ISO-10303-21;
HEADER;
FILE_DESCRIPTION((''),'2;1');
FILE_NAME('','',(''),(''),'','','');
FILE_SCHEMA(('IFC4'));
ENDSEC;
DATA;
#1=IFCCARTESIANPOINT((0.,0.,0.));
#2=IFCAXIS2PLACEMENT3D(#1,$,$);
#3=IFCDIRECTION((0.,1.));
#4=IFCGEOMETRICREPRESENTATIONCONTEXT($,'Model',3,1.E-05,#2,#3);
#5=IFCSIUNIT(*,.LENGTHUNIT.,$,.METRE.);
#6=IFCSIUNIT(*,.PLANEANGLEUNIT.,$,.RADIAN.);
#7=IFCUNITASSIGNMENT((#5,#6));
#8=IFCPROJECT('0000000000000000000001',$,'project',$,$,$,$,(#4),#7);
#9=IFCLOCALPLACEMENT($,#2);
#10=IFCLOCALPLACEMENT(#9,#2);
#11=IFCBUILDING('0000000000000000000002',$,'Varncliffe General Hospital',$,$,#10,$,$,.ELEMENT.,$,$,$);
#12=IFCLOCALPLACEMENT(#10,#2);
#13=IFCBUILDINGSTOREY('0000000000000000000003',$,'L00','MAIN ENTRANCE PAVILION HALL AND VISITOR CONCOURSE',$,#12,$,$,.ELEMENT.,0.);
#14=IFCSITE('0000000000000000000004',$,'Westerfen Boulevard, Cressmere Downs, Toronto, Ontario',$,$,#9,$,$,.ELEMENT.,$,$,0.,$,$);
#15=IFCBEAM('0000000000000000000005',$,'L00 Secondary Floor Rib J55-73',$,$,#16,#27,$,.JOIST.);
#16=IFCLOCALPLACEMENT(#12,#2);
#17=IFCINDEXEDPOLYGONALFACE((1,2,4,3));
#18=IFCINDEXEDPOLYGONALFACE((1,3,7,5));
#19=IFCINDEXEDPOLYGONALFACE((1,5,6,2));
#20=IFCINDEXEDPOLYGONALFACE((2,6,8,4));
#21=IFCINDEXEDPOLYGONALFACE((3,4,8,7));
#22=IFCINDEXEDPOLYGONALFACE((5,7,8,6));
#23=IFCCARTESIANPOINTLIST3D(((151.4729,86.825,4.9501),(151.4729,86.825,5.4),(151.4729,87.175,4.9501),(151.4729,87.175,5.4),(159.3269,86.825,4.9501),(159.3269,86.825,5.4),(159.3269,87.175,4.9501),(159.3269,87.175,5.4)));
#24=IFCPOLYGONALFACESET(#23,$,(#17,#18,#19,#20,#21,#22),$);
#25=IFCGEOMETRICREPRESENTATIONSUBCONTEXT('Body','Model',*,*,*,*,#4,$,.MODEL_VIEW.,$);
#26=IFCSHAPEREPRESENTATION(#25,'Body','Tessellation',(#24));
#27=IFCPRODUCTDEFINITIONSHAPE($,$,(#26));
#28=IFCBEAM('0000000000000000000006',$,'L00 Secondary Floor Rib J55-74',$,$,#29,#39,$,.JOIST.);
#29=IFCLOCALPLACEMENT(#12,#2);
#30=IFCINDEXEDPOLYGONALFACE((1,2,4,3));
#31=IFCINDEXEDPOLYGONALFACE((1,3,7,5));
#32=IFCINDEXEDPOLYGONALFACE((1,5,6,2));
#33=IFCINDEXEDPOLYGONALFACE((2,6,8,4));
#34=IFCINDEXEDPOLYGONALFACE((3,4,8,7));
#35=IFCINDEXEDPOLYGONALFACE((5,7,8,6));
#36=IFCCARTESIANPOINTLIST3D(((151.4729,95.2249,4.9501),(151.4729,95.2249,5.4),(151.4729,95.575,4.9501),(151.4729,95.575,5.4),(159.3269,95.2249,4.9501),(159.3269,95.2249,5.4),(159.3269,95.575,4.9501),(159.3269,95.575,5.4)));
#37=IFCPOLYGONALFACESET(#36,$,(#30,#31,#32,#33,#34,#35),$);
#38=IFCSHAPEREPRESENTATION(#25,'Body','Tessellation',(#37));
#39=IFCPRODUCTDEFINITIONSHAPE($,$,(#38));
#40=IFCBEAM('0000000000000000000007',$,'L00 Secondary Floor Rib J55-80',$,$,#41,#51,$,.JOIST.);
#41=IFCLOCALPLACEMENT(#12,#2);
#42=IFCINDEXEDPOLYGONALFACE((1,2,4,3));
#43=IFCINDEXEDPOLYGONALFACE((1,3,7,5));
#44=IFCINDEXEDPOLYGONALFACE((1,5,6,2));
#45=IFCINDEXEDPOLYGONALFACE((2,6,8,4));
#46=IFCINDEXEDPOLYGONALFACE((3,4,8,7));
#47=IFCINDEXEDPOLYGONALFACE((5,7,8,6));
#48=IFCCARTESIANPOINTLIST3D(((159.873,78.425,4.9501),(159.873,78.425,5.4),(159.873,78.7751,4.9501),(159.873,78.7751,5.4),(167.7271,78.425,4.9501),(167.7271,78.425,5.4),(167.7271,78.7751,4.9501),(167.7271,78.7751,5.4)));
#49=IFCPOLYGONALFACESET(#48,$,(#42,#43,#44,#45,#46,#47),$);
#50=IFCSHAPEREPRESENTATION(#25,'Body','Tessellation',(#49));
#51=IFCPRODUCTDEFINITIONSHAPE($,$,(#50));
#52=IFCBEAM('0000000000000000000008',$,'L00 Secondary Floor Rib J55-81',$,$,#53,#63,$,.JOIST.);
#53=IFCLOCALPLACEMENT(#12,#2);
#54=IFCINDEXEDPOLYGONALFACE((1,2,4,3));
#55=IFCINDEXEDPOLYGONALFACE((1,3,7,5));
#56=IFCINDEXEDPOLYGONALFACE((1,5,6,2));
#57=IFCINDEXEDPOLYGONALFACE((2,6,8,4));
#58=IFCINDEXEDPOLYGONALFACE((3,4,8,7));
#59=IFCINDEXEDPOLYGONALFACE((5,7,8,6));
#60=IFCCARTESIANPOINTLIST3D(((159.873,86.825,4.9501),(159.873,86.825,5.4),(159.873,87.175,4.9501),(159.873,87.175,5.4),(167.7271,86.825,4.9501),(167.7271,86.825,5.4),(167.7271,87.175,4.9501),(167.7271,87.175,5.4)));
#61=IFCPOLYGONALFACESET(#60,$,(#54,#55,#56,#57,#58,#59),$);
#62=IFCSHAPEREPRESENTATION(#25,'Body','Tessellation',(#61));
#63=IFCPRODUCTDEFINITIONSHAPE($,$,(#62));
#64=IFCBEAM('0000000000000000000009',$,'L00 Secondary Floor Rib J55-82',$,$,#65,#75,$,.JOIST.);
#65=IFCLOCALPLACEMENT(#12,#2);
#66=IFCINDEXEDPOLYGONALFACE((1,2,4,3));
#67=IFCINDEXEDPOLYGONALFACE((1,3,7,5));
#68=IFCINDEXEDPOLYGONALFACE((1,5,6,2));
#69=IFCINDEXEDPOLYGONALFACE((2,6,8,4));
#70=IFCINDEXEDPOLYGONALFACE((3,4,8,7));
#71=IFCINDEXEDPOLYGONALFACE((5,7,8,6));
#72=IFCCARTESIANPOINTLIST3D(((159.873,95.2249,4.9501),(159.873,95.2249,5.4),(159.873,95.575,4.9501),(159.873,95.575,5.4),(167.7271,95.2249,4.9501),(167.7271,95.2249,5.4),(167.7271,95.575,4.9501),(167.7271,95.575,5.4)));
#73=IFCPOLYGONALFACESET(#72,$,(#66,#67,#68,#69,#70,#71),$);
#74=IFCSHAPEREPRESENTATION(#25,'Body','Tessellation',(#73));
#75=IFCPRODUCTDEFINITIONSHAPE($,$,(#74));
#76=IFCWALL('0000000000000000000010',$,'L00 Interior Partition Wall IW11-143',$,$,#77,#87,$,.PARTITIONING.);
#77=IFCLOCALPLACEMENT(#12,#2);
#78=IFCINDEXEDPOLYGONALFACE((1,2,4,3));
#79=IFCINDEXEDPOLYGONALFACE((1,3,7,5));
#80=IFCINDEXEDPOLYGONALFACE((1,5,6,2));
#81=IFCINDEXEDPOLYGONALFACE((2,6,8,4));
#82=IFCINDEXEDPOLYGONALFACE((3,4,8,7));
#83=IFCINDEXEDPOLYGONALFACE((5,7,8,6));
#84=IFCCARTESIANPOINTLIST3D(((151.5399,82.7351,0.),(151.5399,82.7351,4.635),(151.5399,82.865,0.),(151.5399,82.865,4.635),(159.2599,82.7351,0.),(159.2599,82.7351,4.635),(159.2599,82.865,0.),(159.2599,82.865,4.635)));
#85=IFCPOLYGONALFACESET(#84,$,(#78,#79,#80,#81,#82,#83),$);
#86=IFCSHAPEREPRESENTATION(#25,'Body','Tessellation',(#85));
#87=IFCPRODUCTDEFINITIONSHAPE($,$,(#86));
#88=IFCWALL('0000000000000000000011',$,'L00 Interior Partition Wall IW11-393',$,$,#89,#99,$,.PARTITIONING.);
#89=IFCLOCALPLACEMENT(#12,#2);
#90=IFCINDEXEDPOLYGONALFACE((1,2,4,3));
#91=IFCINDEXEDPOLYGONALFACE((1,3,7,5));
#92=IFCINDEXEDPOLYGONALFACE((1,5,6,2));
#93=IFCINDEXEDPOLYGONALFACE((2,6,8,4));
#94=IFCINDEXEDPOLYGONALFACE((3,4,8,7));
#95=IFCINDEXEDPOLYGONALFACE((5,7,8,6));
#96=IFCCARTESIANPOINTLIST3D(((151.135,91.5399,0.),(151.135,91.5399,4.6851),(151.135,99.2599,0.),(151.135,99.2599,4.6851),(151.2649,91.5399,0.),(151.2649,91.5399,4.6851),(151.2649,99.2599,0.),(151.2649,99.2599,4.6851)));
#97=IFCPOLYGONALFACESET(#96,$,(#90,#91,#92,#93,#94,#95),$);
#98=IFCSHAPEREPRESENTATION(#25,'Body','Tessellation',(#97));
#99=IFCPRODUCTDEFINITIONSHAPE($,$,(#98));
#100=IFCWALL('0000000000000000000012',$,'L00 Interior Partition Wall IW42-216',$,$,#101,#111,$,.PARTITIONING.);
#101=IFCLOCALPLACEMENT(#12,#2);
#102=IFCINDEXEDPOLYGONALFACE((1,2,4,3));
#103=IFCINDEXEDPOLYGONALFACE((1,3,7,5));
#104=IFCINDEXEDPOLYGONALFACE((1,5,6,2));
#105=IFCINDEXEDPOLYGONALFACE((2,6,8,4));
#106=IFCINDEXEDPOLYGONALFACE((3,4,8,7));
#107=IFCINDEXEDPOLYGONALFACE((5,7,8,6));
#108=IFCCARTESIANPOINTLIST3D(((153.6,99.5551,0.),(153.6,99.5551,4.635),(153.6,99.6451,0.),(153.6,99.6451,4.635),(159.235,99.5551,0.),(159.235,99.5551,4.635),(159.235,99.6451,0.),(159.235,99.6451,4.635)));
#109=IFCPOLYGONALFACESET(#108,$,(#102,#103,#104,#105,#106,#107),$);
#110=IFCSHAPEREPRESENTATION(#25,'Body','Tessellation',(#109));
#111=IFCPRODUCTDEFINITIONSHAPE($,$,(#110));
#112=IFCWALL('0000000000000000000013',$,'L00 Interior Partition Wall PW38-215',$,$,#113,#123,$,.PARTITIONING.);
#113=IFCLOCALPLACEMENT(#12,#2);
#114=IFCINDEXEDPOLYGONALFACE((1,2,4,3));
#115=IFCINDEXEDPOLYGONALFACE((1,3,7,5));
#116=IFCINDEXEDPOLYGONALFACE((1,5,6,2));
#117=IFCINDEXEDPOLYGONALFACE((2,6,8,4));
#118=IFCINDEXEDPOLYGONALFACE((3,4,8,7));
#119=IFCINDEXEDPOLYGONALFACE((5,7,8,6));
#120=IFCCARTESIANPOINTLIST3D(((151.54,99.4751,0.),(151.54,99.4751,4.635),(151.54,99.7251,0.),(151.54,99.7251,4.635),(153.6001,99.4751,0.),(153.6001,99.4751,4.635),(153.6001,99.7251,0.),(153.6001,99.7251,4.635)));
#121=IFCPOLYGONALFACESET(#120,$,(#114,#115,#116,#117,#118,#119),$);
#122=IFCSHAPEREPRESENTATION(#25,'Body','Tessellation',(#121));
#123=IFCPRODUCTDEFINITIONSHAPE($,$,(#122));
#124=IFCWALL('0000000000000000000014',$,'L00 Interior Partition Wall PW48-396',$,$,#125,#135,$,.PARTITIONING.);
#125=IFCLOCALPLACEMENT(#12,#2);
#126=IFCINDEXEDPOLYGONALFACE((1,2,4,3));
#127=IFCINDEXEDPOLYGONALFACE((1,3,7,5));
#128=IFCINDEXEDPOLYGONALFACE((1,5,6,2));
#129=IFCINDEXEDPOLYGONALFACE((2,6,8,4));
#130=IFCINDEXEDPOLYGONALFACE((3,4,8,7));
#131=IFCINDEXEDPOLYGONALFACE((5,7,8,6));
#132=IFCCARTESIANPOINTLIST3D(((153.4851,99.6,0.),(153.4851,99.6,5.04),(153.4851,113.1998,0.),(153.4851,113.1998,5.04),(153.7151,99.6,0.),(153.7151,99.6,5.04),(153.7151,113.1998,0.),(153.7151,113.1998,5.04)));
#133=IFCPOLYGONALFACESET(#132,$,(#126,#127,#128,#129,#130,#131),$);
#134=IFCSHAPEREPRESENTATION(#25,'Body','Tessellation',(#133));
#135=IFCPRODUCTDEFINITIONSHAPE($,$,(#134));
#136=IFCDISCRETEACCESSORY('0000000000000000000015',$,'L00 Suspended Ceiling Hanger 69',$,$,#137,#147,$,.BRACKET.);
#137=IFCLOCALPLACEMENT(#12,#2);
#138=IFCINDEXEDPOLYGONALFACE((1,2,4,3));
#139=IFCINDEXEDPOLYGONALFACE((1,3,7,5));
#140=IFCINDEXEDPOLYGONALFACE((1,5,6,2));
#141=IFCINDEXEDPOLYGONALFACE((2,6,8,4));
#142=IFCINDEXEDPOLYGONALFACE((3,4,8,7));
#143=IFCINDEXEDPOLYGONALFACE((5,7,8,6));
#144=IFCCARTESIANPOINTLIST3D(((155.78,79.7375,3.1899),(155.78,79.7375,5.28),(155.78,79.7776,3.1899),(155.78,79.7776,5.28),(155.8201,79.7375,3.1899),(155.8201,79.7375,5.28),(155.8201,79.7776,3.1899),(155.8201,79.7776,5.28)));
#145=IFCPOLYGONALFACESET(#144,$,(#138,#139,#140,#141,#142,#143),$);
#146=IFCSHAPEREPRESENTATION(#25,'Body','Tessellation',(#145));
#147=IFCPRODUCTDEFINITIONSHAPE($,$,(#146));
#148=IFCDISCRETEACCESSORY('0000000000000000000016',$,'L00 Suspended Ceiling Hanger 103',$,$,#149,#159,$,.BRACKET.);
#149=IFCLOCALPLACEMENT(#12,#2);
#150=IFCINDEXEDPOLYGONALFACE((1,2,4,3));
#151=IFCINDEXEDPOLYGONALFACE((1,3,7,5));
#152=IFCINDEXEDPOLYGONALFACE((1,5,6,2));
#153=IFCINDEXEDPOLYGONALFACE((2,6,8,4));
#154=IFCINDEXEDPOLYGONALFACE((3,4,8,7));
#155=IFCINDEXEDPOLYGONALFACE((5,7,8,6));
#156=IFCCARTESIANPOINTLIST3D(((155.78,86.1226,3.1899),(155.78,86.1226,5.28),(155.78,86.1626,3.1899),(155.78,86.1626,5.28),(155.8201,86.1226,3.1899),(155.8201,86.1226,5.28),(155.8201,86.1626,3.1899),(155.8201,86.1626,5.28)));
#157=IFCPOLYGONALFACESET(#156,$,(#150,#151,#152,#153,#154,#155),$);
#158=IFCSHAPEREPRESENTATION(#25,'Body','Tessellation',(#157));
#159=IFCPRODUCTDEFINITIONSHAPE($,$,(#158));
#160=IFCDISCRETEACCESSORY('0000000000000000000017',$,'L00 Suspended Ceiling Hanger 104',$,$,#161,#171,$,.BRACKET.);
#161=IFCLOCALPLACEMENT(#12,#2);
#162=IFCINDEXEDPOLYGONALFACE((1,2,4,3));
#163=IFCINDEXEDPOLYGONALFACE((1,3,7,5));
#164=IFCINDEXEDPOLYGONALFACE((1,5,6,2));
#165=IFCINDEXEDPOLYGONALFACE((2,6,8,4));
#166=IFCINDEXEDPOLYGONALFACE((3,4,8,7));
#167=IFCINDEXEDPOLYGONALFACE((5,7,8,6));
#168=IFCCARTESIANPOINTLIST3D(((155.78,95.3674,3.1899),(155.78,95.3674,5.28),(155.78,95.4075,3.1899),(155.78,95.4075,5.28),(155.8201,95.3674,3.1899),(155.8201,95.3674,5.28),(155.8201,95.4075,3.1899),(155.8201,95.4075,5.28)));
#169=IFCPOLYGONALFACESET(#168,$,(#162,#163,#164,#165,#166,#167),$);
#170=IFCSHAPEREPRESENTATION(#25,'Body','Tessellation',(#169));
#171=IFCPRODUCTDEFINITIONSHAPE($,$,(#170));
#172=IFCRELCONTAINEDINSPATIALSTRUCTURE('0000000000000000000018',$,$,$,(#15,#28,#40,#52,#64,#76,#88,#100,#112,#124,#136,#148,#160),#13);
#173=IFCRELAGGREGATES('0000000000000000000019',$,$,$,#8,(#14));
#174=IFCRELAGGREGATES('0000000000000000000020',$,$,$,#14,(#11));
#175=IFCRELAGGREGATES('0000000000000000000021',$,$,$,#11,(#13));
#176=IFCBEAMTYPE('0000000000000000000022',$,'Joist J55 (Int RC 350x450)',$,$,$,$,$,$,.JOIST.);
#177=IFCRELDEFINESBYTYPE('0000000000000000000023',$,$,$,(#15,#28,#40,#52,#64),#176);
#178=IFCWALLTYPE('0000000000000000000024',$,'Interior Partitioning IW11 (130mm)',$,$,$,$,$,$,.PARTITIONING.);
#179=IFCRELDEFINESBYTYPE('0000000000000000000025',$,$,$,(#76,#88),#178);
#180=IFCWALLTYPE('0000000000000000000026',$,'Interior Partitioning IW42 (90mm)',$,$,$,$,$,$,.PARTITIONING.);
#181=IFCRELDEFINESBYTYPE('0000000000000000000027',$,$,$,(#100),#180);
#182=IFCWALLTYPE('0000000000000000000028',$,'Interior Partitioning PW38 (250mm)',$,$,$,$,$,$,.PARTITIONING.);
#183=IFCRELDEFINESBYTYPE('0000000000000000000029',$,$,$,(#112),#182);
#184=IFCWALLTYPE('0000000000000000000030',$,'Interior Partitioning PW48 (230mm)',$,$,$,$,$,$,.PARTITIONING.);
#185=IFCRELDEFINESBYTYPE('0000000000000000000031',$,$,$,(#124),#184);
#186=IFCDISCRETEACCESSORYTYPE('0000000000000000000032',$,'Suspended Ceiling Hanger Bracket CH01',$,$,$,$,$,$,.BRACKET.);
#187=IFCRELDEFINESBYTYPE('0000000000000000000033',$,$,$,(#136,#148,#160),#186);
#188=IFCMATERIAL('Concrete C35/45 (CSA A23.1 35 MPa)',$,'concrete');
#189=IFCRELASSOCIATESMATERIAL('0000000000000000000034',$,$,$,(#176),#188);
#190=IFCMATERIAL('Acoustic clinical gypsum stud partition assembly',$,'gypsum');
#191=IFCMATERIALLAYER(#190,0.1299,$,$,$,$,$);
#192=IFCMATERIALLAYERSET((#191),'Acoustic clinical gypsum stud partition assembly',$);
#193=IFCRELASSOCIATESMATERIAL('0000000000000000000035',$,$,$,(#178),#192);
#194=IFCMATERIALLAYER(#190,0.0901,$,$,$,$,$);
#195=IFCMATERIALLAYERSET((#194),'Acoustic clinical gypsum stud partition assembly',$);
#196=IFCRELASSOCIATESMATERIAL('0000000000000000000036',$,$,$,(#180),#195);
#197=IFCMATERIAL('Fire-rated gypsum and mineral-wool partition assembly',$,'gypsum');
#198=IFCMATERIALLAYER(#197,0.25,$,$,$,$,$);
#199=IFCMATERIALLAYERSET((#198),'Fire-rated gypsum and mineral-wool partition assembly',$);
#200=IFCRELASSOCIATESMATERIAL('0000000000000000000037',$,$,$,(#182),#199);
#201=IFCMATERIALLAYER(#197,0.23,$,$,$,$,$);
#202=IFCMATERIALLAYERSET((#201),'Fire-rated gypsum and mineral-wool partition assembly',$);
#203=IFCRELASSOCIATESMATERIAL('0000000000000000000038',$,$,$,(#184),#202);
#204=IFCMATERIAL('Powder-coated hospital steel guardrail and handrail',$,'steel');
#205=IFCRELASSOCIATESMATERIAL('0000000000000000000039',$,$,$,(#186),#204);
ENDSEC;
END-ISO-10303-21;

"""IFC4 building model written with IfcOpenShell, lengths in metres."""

from ifc_helpers import new_model, si_unit, direction, frame, frame_2d, origin, origin_2d, place, context, subcontext, project, spatial, rectangle, extrude, material, layer, layer_set, material_profile, profile_set, type_object, element, save


model = new_model("IFC4")

# Units and contexts
model_context = context("Model", 3, precision=1e-05, world=origin(), true_north=direction((0.0, 1.0)))
body_context = subcontext(model_context, "Body", "Model", "MODEL_VIEW")
ifc_project = project(units=[si_unit("LENGTHUNIT", "METRE"), si_unit("PLANEANGLEUNIT", "RADIAN")], contexts=[model_context])

# Site, building, storey
site_placement = place(None, origin())
site = spatial("IfcSite", under=ifc_project, at=site_placement, Name="Westerfen Boulevard, Cressmere Downs, Toronto, Ontario", CompositionType="ELEMENT", RefElevation=0.0)
building_placement = place(site_placement, origin())
building = spatial("IfcBuilding", under=site, at=building_placement, Name="Varncliffe General Hospital", CompositionType="ELEMENT")
storey_placement = place(building_placement, origin())
storey = spatial("IfcBuildingStorey", under=building, at=storey_placement, Name="L00", Description="MAIN ENTRANCE PAVILION HALL AND VISITOR CONCOURSE", CompositionType="ELEMENT", Elevation=0.0)

# Beams
ifc_material_1 = material(Name="Concrete C35/45 (CSA A23.1 35 MPa)", Category="concrete")
ifc_material_profile_1 = material_profile(ifc_material_1, rectangle(XDim=0.3501, YDim=0.45, at=origin_2d()), Name="RC 350x450")
ifc_profile_set_1 = profile_set([ifc_material_profile_1], Name="Concrete C35/45 (CSA A23.1 35 MPa)")
beam_type_1 = type_object("IfcBeamType", Name="Joist J55 (Int RC 350x450)", PredefinedType="JOIST", material=ifc_profile_set_1)
for number, where, z_axis, x_axis, name in (
    (1, (151.4729, 87.0, 5.175), (1.0, 0.0, 0.0), (0.0, 1.0, 0.0), "L00 Secondary Floor Rib J55-73"),
    (2, (151.4729, 95.3999, 5.175), (1.0, 0.0, 0.0), (0.0, 1.0, 0.0), "L00 Secondary Floor Rib J55-74"),
    (3, (159.873, 78.6001, 5.175), (1.0, 0.0, 0.0), (0.0, 1.0, 0.0), "L00 Secondary Floor Rib J55-80"),
    (4, (159.873, 87.0, 5.175), (1.0, 0.0, 0.0), (0.0, 1.0, 0.0), "L00 Secondary Floor Rib J55-81"),
    (5, (159.873, 95.3999, 5.175), (1.0, 0.0, 0.0), (0.0, 1.0, 0.0), "L00 Secondary Floor Rib J55-82"),
):
    element("IfcBeam", number, at=place(storey_placement, frame(where, z_axis=z_axis, x_axis=x_axis)), inside=storey, type_object=beam_type_1, Name=name, PredefinedType="JOIST", context=body_context, shape_type="SweptSolid", body=[
        extrude(rectangle(XDim=0.3501, YDim=0.45, at=origin_2d()), origin(), (0.0, 0.0, 1.0), 7.854),
    ])

# Walls
ifc_material_2 = material(Name="Acoustic clinical gypsum stud partition assembly", Category="gypsum")
ifc_layer_1 = layer(ifc_material_2, 0.1299)
ifc_layer_set_1 = layer_set([ifc_layer_1], Name="Acoustic clinical gypsum stud partition assembly")
wall_type_1 = type_object("IfcWallType", Name="Interior Partitioning IW11 (130mm)", PredefinedType="PARTITIONING", material=ifc_layer_set_1)
wall_1_placement = place(storey_placement, frame((151.54, 82.8, 0.0), z_axis=(0.0, 0.0, 1.0), x_axis=(1.0, 0.0, 0.0)))
element("IfcWall", 6, at=wall_1_placement, inside=storey, type_object=wall_type_1, Name="L00 Interior Partition Wall IW11-143", PredefinedType="PARTITIONING", context=body_context, shape_type="SweptSolid", body=[
    extrude(rectangle(XDim=7.72, YDim=0.1299, at=frame_2d((3.8599, 0.0))), origin(), (0.0, 0.0, 1.0), 4.635),
])
wall_2_placement = place(storey_placement, frame((151.2, 91.54, 0.0), z_axis=(0.0, 0.0, 1.0), x_axis=(0.0, 1.0, 0.0)))
element("IfcWall", 7, at=wall_2_placement, inside=storey, type_object=wall_type_1, Name="L00 Interior Partition Wall IW11-393", PredefinedType="PARTITIONING", context=body_context, shape_type="SweptSolid", body=[
    extrude(rectangle(XDim=7.72, YDim=0.1299, at=frame_2d((3.8599, 0.0))), origin(), (0.0, 0.0, 1.0), 4.6851),
])
ifc_layer_2 = layer(ifc_material_2, 0.0901)
ifc_layer_set_2 = layer_set([ifc_layer_2], Name="Acoustic clinical gypsum stud partition assembly")
wall_type_2 = type_object("IfcWallType", Name="Interior Partitioning IW42 (90mm)", PredefinedType="PARTITIONING", material=ifc_layer_set_2)
wall_3_placement = place(storey_placement, frame((153.6001, 99.6001, 0.0), z_axis=(0.0, 0.0, 1.0), x_axis=(1.0, 0.0, 0.0)))
element("IfcWall", 8, at=wall_3_placement, inside=storey, type_object=wall_type_2, Name="L00 Interior Partition Wall IW42-216", PredefinedType="PARTITIONING", context=body_context, shape_type="SweptSolid", body=[
    extrude(rectangle(XDim=5.635, YDim=0.0901, at=frame_2d((2.8174, 0.0))), origin(), (0.0, 0.0, 1.0), 4.635),
])
ifc_material_3 = material(Name="Fire-rated gypsum and mineral-wool partition assembly", Category="gypsum")
ifc_layer_3 = layer(ifc_material_3, 0.25)
ifc_layer_set_3 = layer_set([ifc_layer_3], Name="Fire-rated gypsum and mineral-wool partition assembly")
wall_type_3 = type_object("IfcWallType", Name="Interior Partitioning PW38 (250mm)", PredefinedType="PARTITIONING", material=ifc_layer_set_3)
wall_4_placement = place(storey_placement, frame((151.54, 99.6001, 0.0), z_axis=(0.0, 0.0, 1.0), x_axis=(1.0, 0.0, 0.0)))
element("IfcWall", 9, at=wall_4_placement, inside=storey, type_object=wall_type_3, Name="L00 Interior Partition Wall PW38-215", PredefinedType="PARTITIONING", context=body_context, shape_type="SweptSolid", body=[
    extrude(rectangle(XDim=2.0601, YDim=0.25, at=frame_2d((1.03, 0.0))), origin(), (0.0, 0.0, 1.0), 4.635),
])
ifc_layer_4 = layer(ifc_material_3, 0.23)
ifc_layer_set_4 = layer_set([ifc_layer_4], Name="Fire-rated gypsum and mineral-wool partition assembly")
wall_type_4 = type_object("IfcWallType", Name="Interior Partitioning PW48 (230mm)", PredefinedType="PARTITIONING", material=ifc_layer_set_4)
wall_5_placement = place(storey_placement, frame((153.6001, 99.6001, 0.0), z_axis=(0.0, 0.0, 1.0), x_axis=(0.0, 1.0, 0.0)))
element("IfcWall", 10, at=wall_5_placement, inside=storey, type_object=wall_type_4, Name="L00 Interior Partition Wall PW48-396", PredefinedType="PARTITIONING", context=body_context, shape_type="SweptSolid", body=[
    extrude(rectangle(XDim=13.5999, YDim=0.23, at=frame_2d((6.7998, 0.0))), origin(), (0.0, 0.0, 1.0), 5.04),
])

# Discrete accessories
ifc_material_4 = material(Name="Powder-coated hospital steel guardrail and handrail", Category="steel")
discrete_accessory_type = type_object("IfcDiscreteAccessoryType", Name="Suspended Ceiling Hanger Bracket CH01", PredefinedType="BRACKET", material=ifc_material_4)
for number, where, z_axis, x_axis, name in (
    (11, (155.8, 79.7576, 3.1899), (0.0, 0.0, 1.0), (1.0, 0.0, 0.0), "L00 Suspended Ceiling Hanger 69"),
    (12, (155.8, 86.1426, 3.1899), (0.0, 0.0, 1.0), (1.0, 0.0, 0.0), "L00 Suspended Ceiling Hanger 103"),
    (13, (155.8, 95.3875, 3.1899), (0.0, 0.0, 1.0), (1.0, 0.0, 0.0), "L00 Suspended Ceiling Hanger 104"),
):
    element("IfcDiscreteAccessory", number, at=place(storey_placement, frame(where, z_axis=z_axis, x_axis=x_axis)), inside=storey, type_object=discrete_accessory_type, Name=name, PredefinedType="BRACKET", context=body_context, shape_type="SweptSolid", body=[
        extrude(rectangle(XDim=0.04, YDim=0.04, at=origin_2d()), origin(), (0.0, 0.0, 1.0), 2.0901),
    ])

save(model, "model.ifc")
